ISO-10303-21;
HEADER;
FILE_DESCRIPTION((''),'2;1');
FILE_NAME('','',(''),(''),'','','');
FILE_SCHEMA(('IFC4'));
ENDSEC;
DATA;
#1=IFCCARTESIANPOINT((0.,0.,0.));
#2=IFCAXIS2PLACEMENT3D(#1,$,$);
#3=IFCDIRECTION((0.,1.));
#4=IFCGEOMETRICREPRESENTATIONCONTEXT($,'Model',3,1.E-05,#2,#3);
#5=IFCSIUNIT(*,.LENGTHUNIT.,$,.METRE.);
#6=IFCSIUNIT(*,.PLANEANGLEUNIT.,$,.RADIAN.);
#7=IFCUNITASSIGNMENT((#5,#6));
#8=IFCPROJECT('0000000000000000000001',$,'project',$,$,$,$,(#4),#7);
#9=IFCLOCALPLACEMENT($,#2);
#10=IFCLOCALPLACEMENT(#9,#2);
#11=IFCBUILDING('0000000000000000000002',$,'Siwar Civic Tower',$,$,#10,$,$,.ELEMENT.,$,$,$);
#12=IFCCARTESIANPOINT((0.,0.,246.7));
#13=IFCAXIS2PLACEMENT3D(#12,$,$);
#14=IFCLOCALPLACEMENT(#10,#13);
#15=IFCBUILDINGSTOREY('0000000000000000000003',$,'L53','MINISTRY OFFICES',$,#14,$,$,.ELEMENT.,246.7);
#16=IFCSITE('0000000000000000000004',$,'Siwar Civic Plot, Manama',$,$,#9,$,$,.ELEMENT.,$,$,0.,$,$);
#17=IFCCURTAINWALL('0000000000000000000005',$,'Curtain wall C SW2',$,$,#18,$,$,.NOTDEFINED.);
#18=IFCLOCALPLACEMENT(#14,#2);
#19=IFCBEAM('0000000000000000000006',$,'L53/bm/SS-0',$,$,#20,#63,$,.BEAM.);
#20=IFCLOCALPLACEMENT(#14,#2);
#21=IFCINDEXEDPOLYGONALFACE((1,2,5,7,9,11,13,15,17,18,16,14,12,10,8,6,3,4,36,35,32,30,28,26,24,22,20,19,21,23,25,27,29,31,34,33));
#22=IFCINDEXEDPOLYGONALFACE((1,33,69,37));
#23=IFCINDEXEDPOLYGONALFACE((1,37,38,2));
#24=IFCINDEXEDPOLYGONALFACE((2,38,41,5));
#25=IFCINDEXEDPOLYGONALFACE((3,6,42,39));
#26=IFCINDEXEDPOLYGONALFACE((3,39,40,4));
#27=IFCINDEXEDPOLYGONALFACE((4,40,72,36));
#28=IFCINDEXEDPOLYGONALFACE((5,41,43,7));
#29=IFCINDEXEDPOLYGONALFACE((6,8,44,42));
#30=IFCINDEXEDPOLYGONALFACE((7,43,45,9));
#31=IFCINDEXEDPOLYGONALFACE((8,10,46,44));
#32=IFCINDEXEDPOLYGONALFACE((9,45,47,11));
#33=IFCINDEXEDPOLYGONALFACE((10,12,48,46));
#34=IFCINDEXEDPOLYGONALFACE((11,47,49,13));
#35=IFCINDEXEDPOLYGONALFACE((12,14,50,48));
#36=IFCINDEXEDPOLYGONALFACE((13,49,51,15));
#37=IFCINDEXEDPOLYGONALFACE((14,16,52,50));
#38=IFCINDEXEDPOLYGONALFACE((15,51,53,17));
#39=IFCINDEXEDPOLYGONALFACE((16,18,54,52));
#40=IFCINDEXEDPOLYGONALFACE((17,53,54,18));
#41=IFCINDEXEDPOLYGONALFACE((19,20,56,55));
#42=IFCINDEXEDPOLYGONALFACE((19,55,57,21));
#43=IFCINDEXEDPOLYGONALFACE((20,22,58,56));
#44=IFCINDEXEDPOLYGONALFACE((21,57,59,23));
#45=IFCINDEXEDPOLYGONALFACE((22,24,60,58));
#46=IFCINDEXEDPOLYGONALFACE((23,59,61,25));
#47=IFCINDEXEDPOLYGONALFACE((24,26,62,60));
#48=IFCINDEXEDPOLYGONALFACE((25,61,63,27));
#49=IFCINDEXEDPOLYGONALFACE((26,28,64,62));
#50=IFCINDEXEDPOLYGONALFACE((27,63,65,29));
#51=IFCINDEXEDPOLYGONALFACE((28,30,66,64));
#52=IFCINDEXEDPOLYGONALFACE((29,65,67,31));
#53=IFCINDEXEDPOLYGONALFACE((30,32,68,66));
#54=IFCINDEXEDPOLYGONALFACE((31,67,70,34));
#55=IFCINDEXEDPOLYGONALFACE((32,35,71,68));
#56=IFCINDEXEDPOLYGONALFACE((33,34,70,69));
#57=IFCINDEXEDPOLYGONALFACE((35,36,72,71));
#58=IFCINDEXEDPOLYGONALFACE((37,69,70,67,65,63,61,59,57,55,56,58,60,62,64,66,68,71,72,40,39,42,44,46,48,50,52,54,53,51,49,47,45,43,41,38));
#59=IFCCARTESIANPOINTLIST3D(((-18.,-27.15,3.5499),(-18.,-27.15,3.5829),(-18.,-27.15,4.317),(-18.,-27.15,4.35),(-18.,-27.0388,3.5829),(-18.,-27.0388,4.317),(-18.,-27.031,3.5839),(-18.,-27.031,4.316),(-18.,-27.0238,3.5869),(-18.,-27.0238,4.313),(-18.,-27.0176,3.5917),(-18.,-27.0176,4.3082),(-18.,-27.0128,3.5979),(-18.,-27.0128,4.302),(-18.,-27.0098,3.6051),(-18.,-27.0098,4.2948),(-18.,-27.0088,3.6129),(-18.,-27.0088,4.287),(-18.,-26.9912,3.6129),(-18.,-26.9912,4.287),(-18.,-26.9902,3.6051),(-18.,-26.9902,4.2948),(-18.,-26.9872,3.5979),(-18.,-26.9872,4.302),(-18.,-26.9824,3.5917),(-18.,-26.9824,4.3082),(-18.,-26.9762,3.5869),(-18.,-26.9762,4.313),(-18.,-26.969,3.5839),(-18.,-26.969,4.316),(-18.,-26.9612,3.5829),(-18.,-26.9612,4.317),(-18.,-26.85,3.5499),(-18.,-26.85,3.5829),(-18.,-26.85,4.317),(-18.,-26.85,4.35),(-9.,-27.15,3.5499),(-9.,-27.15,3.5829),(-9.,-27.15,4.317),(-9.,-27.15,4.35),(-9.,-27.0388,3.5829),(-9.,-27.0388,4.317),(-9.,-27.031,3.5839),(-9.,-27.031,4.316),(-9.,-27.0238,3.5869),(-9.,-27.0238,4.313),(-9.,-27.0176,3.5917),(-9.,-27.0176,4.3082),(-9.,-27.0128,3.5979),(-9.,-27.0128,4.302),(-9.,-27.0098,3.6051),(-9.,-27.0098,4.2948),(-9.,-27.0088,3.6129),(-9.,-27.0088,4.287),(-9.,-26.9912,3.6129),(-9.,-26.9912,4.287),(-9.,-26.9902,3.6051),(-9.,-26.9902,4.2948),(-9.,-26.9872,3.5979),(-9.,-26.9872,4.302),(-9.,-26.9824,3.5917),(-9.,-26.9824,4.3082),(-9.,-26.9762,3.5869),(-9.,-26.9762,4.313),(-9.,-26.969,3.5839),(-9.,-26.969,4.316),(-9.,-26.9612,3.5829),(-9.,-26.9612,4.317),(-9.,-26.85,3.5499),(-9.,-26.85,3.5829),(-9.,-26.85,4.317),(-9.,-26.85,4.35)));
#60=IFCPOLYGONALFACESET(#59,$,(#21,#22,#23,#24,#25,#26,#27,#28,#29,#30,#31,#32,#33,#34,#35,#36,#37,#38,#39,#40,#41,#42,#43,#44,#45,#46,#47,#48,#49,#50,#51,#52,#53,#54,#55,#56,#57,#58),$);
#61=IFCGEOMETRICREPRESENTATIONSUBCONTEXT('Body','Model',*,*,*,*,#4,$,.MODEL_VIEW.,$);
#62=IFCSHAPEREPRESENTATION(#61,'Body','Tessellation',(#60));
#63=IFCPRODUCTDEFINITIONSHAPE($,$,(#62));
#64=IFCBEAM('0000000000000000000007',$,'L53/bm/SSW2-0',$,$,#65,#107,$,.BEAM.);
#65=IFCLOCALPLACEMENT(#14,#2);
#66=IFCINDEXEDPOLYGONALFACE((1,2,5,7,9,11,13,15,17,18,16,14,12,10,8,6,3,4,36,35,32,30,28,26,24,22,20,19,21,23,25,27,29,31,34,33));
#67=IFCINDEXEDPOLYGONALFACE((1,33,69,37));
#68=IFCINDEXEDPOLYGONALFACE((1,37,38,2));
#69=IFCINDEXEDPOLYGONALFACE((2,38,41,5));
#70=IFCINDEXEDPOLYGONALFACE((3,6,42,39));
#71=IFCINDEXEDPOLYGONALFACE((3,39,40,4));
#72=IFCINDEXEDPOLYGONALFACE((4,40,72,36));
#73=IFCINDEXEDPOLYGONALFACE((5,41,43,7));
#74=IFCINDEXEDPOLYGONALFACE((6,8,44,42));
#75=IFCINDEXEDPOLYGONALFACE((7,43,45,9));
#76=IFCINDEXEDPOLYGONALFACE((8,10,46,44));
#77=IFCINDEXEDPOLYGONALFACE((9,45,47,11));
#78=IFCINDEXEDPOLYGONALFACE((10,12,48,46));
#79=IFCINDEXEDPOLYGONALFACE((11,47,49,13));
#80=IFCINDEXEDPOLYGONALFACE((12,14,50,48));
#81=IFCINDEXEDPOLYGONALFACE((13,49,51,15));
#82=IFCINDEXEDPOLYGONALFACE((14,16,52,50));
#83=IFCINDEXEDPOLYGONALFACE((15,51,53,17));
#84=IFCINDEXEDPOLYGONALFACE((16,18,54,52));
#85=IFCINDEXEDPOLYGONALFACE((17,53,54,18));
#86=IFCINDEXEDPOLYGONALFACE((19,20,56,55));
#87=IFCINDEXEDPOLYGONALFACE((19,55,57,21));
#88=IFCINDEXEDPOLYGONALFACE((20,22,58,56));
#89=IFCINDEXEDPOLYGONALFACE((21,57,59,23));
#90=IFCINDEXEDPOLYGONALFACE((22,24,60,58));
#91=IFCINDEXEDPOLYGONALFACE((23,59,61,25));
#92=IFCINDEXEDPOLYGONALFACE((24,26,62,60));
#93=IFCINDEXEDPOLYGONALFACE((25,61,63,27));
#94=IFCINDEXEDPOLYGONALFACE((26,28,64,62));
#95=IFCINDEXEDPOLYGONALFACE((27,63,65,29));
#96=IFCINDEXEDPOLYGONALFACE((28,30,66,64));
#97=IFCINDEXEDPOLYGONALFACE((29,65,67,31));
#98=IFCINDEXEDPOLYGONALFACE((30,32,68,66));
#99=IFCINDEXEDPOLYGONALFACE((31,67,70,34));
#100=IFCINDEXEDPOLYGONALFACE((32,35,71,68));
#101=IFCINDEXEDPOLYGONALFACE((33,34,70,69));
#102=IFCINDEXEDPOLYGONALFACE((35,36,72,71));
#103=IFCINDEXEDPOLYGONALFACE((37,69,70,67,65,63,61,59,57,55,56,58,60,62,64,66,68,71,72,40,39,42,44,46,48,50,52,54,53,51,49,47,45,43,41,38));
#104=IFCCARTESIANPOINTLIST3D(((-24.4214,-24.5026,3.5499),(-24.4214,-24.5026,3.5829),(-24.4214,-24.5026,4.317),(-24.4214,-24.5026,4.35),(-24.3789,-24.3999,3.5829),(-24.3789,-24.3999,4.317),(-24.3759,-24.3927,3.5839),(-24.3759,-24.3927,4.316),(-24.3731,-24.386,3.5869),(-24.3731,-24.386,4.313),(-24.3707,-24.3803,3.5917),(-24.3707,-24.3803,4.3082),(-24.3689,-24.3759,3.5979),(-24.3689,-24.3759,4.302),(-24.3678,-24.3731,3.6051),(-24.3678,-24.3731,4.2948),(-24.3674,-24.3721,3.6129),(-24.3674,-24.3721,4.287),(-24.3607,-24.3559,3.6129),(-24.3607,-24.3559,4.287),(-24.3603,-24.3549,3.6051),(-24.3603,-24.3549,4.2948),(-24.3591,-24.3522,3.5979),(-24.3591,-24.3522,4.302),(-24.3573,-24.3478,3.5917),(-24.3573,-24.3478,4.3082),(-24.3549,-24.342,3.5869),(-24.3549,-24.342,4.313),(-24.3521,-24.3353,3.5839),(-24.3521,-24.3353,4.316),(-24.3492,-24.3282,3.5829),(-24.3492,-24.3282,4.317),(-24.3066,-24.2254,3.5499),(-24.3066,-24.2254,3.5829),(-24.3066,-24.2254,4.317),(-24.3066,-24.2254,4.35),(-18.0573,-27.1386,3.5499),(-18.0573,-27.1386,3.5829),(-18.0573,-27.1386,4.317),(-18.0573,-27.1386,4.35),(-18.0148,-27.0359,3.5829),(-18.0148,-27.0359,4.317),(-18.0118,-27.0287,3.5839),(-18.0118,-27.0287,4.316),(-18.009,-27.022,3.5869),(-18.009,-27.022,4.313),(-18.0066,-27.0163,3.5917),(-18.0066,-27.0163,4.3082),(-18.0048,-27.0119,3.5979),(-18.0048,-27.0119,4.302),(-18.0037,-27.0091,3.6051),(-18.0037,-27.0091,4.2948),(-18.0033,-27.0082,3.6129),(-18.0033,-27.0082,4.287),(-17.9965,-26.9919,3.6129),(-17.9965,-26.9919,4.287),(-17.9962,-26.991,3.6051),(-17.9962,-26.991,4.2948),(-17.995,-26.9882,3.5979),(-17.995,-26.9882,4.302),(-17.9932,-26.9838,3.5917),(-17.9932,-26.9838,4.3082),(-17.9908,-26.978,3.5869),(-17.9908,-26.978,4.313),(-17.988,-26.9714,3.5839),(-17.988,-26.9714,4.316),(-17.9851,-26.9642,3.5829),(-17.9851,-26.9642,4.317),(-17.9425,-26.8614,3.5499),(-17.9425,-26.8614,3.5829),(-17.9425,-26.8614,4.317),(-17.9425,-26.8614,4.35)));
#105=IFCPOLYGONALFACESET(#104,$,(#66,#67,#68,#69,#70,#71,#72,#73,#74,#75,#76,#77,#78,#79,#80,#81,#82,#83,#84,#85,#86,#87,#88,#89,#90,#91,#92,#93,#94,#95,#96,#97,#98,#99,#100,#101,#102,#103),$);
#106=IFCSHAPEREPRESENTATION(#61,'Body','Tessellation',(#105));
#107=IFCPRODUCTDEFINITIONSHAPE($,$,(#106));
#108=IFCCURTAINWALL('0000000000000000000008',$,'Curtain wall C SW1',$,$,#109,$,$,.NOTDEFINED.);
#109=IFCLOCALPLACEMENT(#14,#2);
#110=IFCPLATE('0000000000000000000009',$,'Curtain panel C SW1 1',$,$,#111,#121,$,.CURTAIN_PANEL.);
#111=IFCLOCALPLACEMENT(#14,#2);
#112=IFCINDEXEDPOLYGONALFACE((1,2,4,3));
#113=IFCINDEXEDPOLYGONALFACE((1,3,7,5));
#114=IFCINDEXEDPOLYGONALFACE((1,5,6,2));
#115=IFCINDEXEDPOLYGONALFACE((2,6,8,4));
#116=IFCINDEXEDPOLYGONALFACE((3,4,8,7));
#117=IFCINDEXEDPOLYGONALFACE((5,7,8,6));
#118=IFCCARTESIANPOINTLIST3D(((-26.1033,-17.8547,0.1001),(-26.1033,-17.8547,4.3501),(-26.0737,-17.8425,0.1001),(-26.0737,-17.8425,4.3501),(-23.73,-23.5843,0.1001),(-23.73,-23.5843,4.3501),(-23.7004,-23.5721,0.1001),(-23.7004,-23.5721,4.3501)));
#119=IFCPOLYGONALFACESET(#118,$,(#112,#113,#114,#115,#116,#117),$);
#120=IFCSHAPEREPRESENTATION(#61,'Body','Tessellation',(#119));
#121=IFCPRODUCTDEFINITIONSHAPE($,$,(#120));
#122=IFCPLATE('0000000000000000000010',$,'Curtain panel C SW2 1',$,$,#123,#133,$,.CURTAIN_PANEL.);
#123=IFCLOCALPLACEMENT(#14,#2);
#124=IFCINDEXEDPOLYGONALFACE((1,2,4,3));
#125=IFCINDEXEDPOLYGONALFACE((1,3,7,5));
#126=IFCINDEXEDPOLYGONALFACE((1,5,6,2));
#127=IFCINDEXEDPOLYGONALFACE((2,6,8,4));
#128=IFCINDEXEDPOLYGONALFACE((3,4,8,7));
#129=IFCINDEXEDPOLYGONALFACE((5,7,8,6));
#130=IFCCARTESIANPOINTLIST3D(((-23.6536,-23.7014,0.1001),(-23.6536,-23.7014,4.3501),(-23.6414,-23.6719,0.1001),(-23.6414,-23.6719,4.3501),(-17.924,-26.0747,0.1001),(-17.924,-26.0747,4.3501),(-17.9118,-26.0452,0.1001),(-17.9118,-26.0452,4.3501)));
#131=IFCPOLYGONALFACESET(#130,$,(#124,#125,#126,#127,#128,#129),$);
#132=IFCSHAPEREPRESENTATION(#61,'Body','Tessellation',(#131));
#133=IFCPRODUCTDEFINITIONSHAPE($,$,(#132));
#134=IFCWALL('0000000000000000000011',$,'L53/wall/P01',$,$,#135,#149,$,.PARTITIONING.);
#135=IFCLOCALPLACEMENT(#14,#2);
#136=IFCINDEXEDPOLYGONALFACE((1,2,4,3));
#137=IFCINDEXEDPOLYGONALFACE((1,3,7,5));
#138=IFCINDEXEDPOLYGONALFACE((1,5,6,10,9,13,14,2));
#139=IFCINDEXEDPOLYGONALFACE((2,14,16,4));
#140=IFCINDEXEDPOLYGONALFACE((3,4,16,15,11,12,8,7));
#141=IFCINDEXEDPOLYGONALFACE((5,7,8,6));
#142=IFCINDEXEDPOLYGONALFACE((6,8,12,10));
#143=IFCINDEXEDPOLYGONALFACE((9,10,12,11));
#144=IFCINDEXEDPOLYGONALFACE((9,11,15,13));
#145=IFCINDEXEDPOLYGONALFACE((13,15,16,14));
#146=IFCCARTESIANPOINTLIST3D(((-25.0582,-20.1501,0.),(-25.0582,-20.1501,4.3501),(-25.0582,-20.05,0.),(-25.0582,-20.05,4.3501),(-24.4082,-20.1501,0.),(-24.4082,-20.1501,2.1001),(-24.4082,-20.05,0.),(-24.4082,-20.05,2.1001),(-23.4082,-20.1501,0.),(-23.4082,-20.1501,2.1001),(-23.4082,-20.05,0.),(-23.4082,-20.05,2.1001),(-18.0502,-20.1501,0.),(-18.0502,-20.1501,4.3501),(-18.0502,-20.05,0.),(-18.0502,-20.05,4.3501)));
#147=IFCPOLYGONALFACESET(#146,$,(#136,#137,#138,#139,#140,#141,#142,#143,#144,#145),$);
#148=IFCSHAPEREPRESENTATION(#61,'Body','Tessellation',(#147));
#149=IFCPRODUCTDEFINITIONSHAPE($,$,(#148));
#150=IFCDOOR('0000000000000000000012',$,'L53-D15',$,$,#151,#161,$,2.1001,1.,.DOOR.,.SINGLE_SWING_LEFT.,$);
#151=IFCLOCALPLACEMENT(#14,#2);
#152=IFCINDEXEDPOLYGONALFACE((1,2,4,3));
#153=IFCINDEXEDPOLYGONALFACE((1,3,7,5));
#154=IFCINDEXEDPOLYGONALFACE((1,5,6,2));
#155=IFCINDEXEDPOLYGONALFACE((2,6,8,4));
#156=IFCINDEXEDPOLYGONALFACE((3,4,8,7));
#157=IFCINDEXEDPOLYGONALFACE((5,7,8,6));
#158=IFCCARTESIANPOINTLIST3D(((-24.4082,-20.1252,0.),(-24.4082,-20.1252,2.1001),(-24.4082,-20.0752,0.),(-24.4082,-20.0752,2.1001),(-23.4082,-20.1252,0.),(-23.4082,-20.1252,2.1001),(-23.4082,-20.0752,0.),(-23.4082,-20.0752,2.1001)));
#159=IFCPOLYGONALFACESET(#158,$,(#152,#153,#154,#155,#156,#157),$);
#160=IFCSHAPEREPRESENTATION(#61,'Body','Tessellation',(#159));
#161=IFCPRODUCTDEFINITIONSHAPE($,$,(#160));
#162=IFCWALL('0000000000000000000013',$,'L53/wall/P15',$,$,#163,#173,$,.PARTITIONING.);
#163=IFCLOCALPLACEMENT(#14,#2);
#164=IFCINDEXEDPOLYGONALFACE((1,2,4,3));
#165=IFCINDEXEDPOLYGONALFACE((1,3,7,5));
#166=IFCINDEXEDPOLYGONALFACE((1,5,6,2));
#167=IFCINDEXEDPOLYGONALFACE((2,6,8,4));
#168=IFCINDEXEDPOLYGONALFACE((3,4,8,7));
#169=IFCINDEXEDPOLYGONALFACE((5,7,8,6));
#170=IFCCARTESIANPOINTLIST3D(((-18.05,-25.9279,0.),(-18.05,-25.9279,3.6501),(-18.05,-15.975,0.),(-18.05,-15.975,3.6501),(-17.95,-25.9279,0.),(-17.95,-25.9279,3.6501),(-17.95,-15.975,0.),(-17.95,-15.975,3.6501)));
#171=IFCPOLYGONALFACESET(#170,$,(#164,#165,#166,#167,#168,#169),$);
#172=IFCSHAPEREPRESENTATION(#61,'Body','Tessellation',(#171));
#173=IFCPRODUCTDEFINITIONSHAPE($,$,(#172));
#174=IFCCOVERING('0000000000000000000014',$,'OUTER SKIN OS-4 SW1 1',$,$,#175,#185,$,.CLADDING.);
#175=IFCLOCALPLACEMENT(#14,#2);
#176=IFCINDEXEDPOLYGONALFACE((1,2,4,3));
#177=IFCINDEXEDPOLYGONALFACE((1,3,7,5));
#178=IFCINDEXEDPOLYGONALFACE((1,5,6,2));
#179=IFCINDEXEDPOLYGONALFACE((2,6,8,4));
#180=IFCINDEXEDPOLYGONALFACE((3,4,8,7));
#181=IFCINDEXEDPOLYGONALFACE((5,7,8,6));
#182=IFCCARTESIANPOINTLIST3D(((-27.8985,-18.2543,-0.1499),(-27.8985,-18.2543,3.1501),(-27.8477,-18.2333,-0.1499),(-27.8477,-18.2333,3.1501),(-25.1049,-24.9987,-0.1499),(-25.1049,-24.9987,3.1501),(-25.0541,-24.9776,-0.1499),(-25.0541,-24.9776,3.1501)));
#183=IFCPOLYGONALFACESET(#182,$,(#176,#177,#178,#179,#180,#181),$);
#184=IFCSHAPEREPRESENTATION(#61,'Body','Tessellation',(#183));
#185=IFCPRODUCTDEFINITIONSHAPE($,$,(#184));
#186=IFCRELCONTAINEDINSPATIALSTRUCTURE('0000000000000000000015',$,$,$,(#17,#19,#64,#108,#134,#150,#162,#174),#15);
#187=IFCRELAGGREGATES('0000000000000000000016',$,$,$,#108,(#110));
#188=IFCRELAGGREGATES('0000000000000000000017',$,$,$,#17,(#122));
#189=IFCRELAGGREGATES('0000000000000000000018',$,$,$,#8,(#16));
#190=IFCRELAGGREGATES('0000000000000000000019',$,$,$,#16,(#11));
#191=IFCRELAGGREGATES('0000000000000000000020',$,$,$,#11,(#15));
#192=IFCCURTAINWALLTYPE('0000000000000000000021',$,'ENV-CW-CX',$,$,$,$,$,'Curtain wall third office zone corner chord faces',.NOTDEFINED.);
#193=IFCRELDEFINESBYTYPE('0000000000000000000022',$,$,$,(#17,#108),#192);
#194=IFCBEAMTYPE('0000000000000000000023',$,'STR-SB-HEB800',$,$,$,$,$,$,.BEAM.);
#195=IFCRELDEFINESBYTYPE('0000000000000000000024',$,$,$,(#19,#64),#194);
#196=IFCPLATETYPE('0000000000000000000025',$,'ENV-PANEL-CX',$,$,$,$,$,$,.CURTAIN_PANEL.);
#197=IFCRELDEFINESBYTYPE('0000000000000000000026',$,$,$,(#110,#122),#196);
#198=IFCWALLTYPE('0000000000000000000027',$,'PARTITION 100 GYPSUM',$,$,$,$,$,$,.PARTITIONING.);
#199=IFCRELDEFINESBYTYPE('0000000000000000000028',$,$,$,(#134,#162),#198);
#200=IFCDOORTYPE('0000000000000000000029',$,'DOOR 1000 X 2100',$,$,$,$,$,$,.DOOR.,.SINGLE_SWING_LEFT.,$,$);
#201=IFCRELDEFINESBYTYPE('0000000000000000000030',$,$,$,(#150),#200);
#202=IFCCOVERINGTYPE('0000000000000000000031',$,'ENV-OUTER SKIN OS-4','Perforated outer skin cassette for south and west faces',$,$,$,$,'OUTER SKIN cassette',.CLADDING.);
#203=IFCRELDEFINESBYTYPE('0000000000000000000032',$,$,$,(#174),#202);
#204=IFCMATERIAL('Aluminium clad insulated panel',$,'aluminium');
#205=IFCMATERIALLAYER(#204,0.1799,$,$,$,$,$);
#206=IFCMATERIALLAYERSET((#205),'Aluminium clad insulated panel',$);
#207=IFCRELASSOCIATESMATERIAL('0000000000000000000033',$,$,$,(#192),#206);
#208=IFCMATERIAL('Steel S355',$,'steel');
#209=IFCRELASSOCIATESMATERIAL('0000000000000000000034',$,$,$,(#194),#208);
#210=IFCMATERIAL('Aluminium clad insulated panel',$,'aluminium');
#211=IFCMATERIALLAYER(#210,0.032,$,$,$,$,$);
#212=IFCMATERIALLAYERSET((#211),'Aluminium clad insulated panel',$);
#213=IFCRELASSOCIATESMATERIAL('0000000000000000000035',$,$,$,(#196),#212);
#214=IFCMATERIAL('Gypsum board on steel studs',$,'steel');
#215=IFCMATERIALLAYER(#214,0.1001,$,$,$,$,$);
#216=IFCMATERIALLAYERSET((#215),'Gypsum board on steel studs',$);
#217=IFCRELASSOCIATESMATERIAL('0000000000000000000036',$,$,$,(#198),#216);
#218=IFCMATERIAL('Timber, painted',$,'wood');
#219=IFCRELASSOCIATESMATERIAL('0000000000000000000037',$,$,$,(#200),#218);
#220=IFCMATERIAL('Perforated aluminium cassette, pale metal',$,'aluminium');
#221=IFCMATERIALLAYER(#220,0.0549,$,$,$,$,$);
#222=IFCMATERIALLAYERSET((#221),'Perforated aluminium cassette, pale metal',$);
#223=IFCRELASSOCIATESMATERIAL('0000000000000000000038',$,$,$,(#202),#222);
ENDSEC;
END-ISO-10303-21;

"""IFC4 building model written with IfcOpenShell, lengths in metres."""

from ifc_helpers import new_model, si_unit, direction, frame, frame_2d, origin, origin_2d, place, context, subcontext, project, spatial, rectangle, i_section, extrude, material, layer, layer_set, material_profile, profile_set, type_object, element, fill, aggregate, save


model = new_model("IFC4")

# Units and contexts
model_context = context("Model", 3, precision=1e-05, world=origin(), true_north=direction((0.0, 1.0)))
body_context = subcontext(model_context, "Body", "Model", "MODEL_VIEW")
ifc_project = project(units=[si_unit("LENGTHUNIT", "METRE"), si_unit("PLANEANGLEUNIT", "RADIAN")], contexts=[model_context])

# Site, building, storey
site_placement = place(None, origin())
site = spatial("IfcSite", under=ifc_project, at=site_placement, Name="Siwar Civic Plot, Manama", CompositionType="ELEMENT", RefElevation=0.0)
building_placement = place(site_placement, origin())
building = spatial("IfcBuilding", under=site, at=building_placement, Name="Siwar Civic Tower", CompositionType="ELEMENT")
storey_placement = place(building_placement, frame((0.0, 0.0, 246.7)))
storey = spatial("IfcBuildingStorey", under=building, at=storey_placement, Name="L53", Description="MINISTRY OFFICES", CompositionType="ELEMENT", Elevation=246.7)

# Curtain wall
ifc_material_1 = material(Name="Aluminium clad insulated panel", Category="aluminium")
ifc_layer_1 = layer(ifc_material_1, 0.1799)
ifc_layer_set_1 = layer_set([ifc_layer_1], Name="Aluminium clad insulated panel")
curtain_wall_type = type_object("IfcCurtainWallType", Name="ENV-CW-CX", ElementType="Curtain wall third office zone corner chord faces", PredefinedType="NOTDEFINED", material=ifc_layer_set_1)
curtain_wall_1_placement = place(storey_placement, origin())
curtain_wall_1 = element("IfcCurtainWall", 1, at=curtain_wall_1_placement, inside=storey, type_object=curtain_wall_type, Name="Curtain wall C SW2", PredefinedType="NOTDEFINED")

# Beams
ifc_material_2 = material(Name="Steel S355", Category="steel")
ifc_material_profile_1 = material_profile(ifc_material_2, i_section(OverallWidth=0.3, OverallDepth=0.8, WebThickness=0.0176, FlangeThickness=0.033, FilletRadius=0.03, at=origin_2d()), Name="HEB800")
ifc_profile_set_1 = profile_set([ifc_material_profile_1], Name="Steel S355")
beam_type_1 = type_object("IfcBeamType", Name="STR-SB-HEB800", PredefinedType="BEAM", material=ifc_profile_set_1)
beam_1_placement = place(storey_placement, frame((-18.0, -27.0, 3.95), z_axis=(1.0, 0.0, 0.0), x_axis=(0.0, 1.0, 0.0)))
element("IfcBeam", 2, at=beam_1_placement, inside=storey, type_object=beam_type_1, Name="L53/bm/SS-0", PredefinedType="BEAM", context=body_context, shape_type="SweptSolid", body=[
    extrude(i_section(OverallWidth=0.3, OverallDepth=0.8, WebThickness=0.0176, FlangeThickness=0.033, FilletRadius=0.03, at=origin_2d()), origin(), (0.0, 0.0, 1.0), 9.0),
])
beam_2_placement = place(storey_placement, frame((-24.364, -24.364, 3.95), z_axis=(0.923883, -0.382674, 0.0), x_axis=(0.382674, 0.923883, 0.0)))
element("IfcBeam", 3, at=beam_2_placement, inside=storey, type_object=beam_type_1, Name="L53/bm/SSW2-0", PredefinedType="BEAM", context=body_context, shape_type="SweptSolid", body=[
    extrude(i_section(OverallWidth=0.3, OverallDepth=0.8, WebThickness=0.0176, FlangeThickness=0.033, FilletRadius=0.03, at=origin_2d()), origin(), (0.0, 0.0, 1.0), 6.8884),
])

# Curtain wall, plate
curtain_wall_2_placement = place(storey_placement, origin())
curtain_wall_2 = element("IfcCurtainWall", 4, at=curtain_wall_2_placement, inside=storey, type_object=curtain_wall_type, Name="Curtain wall C SW1", PredefinedType="NOTDEFINED")
ifc_material_3 = material(Name="Aluminium clad insulated panel", Category="aluminium")
ifc_layer_2 = layer(ifc_material_3, 0.032)
ifc_layer_set_2 = layer_set([ifc_layer_2], Name="Aluminium clad insulated panel")
plate_type = type_object("IfcPlateType", Name="ENV-PANEL-CX", PredefinedType="CURTAIN_PANEL", material=ifc_layer_set_2)
plate_1_placement = place(storey_placement, frame((-24.9019, -20.7134, 0.1001), z_axis=(0.0, 0.0, 1.0), x_axis=(0.382683, -0.92388, 0.0)))
plate_1 = element("IfcPlate", 5, at=plate_1_placement, type_object=plate_type, Name="Curtain panel C SW1 1", PredefinedType="CURTAIN_PANEL", context=body_context, shape_type="SweptSolid", body=[
    extrude(rectangle(XDim=6.2017, YDim=0.032, at=origin_2d()), origin(), (0.0, 0.0, 1.0), 4.25),
])
aggregate(curtain_wall_2, [plate_1])

# Plate
plate_2_placement = place(storey_placement, frame((-20.7827, -24.8733, 0.1001), z_axis=(0.0, 0.0, 1.0), x_axis=(0.92388, -0.382683, 0.0)))
plate_2 = element("IfcPlate", 6, at=plate_2_placement, type_object=plate_type, Name="Curtain panel C SW2 1", PredefinedType="CURTAIN_PANEL", context=body_context, shape_type="SweptSolid", body=[
    extrude(rectangle(XDim=6.2017, YDim=0.032, at=origin_2d()), origin(), (0.0, 0.0, 1.0), 4.25),
])
aggregate(curtain_wall_1, [plate_2])

# Wall, opening, door
ifc_material_4 = material(Name="Gypsum board on steel studs", Category="steel")
ifc_layer_3 = layer(ifc_material_4, 0.1001)
ifc_layer_set_3 = layer_set([ifc_layer_3], Name="Gypsum board on steel studs")
wall_type = type_object("IfcWallType", Name="PARTITION 100 GYPSUM", PredefinedType="PARTITIONING", material=ifc_layer_set_3)
wall_1_placement = place(storey_placement, frame((-25.0581, -20.1001, 0.0), z_axis=(0.0, 0.0, 1.0), x_axis=(1.0, 0.0, 0.0)))
wall_1 = element("IfcWall", 7, at=wall_1_placement, inside=storey, type_object=wall_type, Name="L53/wall/P01", PredefinedType="PARTITIONING", context=body_context, shape_type="SweptSolid", body=[
    extrude(rectangle(XDim=7.0081, YDim=0.1001, at=frame_2d((3.5039, 0.0))), origin(), (0.0, 0.0, 1.0), 4.3501),
])
opening_placement = place(wall_1_placement, frame((0.6499, 0.0, 0.0)))
opening = element("IfcOpeningElement", 8, at=opening_placement, cuts=wall_1, PredefinedType="OPENING", context=body_context, shape_type="SweptSolid", body=[
    extrude(rectangle(XDim=1.0, YDim=2.1001, at=frame_2d((0.5, 1.05))), frame((0.0, 0.0601, 0.0), z_axis=(0.0, -1.0, 0.0), x_axis=(1.0, 0.0, 0.0)), (0.0, 0.0, 1.0), 0.1201),
])
ifc_material_5 = material(Name="Timber, painted", Category="wood")
door_type = type_object("IfcDoorType", Name="DOOR 1000 X 2100", OperationType="SINGLE_SWING_LEFT", PredefinedType="DOOR", material=ifc_material_5)
door_placement = place(opening_placement, origin())
door = element("IfcDoor", 9, at=door_placement, inside=storey, type_object=door_type, Name="L53-D15", OperationType="SINGLE_SWING_LEFT", OverallHeight=2.1001, OverallWidth=1.0, PredefinedType="DOOR", context=body_context, shape_type="SweptSolid", body=[
    extrude(rectangle(XDim=1.0, YDim=2.1001, at=frame_2d((0.5, 1.05))), frame((0.0, 0.0249, 0.0), z_axis=(0.0, -1.0, 0.0), x_axis=(1.0, 0.0, 0.0)), (0.0, 0.0, 1.0), 0.05),
])
fill(opening, door)

# Wall
wall_2_placement = place(storey_placement, frame((-18.0, -25.928, 0.0), z_axis=(0.0, 0.0, 1.0), x_axis=(0.0, 1.0, 0.0)))
element("IfcWall", 10, at=wall_2_placement, inside=storey, type_object=wall_type, Name="L53/wall/P15", PredefinedType="PARTITIONING", context=body_context, shape_type="SweptSolid", body=[
    extrude(rectangle(XDim=9.9529, YDim=0.1001, at=frame_2d((4.9766, 0.0))), origin(), (0.0, 0.0, 1.0), 3.6501),
])

# Covering
ifc_material_6 = material(Name="Perforated aluminium cassette, pale metal", Category="aluminium")
ifc_layer_4 = layer(ifc_material_6, 0.0549)
ifc_layer_set_4 = layer_set([ifc_layer_4], Name="Perforated aluminium cassette, pale metal")
covering_type = type_object("IfcCoveringType", Name="ENV-OUTER SKIN OS-4", Description="Perforated outer skin cassette for south and west faces", ElementType="OUTER SKIN cassette", PredefinedType="CLADDING", material=ifc_layer_set_4)
for number, where, z_axis, x_axis, name in (
    (11, (-26.4763, -21.616, -0.1499), (0.0, 0.0, 1.0), (0.382683, -0.92388, 0.0), "OUTER SKIN OS-4 SW1 1"),
):
    element("IfcCovering", number, at=place(storey_placement, frame(where, z_axis=z_axis, x_axis=x_axis)), inside=storey, type_object=covering_type, Name=name, PredefinedType="CLADDING", context=body_context, shape_type="SweptSolid", body=[
        extrude(rectangle(XDim=7.3, YDim=0.0549, at=origin_2d()), origin(), (0.0, 0.0, 1.0), 3.3),
    ])

save(model, "model.ifc")
